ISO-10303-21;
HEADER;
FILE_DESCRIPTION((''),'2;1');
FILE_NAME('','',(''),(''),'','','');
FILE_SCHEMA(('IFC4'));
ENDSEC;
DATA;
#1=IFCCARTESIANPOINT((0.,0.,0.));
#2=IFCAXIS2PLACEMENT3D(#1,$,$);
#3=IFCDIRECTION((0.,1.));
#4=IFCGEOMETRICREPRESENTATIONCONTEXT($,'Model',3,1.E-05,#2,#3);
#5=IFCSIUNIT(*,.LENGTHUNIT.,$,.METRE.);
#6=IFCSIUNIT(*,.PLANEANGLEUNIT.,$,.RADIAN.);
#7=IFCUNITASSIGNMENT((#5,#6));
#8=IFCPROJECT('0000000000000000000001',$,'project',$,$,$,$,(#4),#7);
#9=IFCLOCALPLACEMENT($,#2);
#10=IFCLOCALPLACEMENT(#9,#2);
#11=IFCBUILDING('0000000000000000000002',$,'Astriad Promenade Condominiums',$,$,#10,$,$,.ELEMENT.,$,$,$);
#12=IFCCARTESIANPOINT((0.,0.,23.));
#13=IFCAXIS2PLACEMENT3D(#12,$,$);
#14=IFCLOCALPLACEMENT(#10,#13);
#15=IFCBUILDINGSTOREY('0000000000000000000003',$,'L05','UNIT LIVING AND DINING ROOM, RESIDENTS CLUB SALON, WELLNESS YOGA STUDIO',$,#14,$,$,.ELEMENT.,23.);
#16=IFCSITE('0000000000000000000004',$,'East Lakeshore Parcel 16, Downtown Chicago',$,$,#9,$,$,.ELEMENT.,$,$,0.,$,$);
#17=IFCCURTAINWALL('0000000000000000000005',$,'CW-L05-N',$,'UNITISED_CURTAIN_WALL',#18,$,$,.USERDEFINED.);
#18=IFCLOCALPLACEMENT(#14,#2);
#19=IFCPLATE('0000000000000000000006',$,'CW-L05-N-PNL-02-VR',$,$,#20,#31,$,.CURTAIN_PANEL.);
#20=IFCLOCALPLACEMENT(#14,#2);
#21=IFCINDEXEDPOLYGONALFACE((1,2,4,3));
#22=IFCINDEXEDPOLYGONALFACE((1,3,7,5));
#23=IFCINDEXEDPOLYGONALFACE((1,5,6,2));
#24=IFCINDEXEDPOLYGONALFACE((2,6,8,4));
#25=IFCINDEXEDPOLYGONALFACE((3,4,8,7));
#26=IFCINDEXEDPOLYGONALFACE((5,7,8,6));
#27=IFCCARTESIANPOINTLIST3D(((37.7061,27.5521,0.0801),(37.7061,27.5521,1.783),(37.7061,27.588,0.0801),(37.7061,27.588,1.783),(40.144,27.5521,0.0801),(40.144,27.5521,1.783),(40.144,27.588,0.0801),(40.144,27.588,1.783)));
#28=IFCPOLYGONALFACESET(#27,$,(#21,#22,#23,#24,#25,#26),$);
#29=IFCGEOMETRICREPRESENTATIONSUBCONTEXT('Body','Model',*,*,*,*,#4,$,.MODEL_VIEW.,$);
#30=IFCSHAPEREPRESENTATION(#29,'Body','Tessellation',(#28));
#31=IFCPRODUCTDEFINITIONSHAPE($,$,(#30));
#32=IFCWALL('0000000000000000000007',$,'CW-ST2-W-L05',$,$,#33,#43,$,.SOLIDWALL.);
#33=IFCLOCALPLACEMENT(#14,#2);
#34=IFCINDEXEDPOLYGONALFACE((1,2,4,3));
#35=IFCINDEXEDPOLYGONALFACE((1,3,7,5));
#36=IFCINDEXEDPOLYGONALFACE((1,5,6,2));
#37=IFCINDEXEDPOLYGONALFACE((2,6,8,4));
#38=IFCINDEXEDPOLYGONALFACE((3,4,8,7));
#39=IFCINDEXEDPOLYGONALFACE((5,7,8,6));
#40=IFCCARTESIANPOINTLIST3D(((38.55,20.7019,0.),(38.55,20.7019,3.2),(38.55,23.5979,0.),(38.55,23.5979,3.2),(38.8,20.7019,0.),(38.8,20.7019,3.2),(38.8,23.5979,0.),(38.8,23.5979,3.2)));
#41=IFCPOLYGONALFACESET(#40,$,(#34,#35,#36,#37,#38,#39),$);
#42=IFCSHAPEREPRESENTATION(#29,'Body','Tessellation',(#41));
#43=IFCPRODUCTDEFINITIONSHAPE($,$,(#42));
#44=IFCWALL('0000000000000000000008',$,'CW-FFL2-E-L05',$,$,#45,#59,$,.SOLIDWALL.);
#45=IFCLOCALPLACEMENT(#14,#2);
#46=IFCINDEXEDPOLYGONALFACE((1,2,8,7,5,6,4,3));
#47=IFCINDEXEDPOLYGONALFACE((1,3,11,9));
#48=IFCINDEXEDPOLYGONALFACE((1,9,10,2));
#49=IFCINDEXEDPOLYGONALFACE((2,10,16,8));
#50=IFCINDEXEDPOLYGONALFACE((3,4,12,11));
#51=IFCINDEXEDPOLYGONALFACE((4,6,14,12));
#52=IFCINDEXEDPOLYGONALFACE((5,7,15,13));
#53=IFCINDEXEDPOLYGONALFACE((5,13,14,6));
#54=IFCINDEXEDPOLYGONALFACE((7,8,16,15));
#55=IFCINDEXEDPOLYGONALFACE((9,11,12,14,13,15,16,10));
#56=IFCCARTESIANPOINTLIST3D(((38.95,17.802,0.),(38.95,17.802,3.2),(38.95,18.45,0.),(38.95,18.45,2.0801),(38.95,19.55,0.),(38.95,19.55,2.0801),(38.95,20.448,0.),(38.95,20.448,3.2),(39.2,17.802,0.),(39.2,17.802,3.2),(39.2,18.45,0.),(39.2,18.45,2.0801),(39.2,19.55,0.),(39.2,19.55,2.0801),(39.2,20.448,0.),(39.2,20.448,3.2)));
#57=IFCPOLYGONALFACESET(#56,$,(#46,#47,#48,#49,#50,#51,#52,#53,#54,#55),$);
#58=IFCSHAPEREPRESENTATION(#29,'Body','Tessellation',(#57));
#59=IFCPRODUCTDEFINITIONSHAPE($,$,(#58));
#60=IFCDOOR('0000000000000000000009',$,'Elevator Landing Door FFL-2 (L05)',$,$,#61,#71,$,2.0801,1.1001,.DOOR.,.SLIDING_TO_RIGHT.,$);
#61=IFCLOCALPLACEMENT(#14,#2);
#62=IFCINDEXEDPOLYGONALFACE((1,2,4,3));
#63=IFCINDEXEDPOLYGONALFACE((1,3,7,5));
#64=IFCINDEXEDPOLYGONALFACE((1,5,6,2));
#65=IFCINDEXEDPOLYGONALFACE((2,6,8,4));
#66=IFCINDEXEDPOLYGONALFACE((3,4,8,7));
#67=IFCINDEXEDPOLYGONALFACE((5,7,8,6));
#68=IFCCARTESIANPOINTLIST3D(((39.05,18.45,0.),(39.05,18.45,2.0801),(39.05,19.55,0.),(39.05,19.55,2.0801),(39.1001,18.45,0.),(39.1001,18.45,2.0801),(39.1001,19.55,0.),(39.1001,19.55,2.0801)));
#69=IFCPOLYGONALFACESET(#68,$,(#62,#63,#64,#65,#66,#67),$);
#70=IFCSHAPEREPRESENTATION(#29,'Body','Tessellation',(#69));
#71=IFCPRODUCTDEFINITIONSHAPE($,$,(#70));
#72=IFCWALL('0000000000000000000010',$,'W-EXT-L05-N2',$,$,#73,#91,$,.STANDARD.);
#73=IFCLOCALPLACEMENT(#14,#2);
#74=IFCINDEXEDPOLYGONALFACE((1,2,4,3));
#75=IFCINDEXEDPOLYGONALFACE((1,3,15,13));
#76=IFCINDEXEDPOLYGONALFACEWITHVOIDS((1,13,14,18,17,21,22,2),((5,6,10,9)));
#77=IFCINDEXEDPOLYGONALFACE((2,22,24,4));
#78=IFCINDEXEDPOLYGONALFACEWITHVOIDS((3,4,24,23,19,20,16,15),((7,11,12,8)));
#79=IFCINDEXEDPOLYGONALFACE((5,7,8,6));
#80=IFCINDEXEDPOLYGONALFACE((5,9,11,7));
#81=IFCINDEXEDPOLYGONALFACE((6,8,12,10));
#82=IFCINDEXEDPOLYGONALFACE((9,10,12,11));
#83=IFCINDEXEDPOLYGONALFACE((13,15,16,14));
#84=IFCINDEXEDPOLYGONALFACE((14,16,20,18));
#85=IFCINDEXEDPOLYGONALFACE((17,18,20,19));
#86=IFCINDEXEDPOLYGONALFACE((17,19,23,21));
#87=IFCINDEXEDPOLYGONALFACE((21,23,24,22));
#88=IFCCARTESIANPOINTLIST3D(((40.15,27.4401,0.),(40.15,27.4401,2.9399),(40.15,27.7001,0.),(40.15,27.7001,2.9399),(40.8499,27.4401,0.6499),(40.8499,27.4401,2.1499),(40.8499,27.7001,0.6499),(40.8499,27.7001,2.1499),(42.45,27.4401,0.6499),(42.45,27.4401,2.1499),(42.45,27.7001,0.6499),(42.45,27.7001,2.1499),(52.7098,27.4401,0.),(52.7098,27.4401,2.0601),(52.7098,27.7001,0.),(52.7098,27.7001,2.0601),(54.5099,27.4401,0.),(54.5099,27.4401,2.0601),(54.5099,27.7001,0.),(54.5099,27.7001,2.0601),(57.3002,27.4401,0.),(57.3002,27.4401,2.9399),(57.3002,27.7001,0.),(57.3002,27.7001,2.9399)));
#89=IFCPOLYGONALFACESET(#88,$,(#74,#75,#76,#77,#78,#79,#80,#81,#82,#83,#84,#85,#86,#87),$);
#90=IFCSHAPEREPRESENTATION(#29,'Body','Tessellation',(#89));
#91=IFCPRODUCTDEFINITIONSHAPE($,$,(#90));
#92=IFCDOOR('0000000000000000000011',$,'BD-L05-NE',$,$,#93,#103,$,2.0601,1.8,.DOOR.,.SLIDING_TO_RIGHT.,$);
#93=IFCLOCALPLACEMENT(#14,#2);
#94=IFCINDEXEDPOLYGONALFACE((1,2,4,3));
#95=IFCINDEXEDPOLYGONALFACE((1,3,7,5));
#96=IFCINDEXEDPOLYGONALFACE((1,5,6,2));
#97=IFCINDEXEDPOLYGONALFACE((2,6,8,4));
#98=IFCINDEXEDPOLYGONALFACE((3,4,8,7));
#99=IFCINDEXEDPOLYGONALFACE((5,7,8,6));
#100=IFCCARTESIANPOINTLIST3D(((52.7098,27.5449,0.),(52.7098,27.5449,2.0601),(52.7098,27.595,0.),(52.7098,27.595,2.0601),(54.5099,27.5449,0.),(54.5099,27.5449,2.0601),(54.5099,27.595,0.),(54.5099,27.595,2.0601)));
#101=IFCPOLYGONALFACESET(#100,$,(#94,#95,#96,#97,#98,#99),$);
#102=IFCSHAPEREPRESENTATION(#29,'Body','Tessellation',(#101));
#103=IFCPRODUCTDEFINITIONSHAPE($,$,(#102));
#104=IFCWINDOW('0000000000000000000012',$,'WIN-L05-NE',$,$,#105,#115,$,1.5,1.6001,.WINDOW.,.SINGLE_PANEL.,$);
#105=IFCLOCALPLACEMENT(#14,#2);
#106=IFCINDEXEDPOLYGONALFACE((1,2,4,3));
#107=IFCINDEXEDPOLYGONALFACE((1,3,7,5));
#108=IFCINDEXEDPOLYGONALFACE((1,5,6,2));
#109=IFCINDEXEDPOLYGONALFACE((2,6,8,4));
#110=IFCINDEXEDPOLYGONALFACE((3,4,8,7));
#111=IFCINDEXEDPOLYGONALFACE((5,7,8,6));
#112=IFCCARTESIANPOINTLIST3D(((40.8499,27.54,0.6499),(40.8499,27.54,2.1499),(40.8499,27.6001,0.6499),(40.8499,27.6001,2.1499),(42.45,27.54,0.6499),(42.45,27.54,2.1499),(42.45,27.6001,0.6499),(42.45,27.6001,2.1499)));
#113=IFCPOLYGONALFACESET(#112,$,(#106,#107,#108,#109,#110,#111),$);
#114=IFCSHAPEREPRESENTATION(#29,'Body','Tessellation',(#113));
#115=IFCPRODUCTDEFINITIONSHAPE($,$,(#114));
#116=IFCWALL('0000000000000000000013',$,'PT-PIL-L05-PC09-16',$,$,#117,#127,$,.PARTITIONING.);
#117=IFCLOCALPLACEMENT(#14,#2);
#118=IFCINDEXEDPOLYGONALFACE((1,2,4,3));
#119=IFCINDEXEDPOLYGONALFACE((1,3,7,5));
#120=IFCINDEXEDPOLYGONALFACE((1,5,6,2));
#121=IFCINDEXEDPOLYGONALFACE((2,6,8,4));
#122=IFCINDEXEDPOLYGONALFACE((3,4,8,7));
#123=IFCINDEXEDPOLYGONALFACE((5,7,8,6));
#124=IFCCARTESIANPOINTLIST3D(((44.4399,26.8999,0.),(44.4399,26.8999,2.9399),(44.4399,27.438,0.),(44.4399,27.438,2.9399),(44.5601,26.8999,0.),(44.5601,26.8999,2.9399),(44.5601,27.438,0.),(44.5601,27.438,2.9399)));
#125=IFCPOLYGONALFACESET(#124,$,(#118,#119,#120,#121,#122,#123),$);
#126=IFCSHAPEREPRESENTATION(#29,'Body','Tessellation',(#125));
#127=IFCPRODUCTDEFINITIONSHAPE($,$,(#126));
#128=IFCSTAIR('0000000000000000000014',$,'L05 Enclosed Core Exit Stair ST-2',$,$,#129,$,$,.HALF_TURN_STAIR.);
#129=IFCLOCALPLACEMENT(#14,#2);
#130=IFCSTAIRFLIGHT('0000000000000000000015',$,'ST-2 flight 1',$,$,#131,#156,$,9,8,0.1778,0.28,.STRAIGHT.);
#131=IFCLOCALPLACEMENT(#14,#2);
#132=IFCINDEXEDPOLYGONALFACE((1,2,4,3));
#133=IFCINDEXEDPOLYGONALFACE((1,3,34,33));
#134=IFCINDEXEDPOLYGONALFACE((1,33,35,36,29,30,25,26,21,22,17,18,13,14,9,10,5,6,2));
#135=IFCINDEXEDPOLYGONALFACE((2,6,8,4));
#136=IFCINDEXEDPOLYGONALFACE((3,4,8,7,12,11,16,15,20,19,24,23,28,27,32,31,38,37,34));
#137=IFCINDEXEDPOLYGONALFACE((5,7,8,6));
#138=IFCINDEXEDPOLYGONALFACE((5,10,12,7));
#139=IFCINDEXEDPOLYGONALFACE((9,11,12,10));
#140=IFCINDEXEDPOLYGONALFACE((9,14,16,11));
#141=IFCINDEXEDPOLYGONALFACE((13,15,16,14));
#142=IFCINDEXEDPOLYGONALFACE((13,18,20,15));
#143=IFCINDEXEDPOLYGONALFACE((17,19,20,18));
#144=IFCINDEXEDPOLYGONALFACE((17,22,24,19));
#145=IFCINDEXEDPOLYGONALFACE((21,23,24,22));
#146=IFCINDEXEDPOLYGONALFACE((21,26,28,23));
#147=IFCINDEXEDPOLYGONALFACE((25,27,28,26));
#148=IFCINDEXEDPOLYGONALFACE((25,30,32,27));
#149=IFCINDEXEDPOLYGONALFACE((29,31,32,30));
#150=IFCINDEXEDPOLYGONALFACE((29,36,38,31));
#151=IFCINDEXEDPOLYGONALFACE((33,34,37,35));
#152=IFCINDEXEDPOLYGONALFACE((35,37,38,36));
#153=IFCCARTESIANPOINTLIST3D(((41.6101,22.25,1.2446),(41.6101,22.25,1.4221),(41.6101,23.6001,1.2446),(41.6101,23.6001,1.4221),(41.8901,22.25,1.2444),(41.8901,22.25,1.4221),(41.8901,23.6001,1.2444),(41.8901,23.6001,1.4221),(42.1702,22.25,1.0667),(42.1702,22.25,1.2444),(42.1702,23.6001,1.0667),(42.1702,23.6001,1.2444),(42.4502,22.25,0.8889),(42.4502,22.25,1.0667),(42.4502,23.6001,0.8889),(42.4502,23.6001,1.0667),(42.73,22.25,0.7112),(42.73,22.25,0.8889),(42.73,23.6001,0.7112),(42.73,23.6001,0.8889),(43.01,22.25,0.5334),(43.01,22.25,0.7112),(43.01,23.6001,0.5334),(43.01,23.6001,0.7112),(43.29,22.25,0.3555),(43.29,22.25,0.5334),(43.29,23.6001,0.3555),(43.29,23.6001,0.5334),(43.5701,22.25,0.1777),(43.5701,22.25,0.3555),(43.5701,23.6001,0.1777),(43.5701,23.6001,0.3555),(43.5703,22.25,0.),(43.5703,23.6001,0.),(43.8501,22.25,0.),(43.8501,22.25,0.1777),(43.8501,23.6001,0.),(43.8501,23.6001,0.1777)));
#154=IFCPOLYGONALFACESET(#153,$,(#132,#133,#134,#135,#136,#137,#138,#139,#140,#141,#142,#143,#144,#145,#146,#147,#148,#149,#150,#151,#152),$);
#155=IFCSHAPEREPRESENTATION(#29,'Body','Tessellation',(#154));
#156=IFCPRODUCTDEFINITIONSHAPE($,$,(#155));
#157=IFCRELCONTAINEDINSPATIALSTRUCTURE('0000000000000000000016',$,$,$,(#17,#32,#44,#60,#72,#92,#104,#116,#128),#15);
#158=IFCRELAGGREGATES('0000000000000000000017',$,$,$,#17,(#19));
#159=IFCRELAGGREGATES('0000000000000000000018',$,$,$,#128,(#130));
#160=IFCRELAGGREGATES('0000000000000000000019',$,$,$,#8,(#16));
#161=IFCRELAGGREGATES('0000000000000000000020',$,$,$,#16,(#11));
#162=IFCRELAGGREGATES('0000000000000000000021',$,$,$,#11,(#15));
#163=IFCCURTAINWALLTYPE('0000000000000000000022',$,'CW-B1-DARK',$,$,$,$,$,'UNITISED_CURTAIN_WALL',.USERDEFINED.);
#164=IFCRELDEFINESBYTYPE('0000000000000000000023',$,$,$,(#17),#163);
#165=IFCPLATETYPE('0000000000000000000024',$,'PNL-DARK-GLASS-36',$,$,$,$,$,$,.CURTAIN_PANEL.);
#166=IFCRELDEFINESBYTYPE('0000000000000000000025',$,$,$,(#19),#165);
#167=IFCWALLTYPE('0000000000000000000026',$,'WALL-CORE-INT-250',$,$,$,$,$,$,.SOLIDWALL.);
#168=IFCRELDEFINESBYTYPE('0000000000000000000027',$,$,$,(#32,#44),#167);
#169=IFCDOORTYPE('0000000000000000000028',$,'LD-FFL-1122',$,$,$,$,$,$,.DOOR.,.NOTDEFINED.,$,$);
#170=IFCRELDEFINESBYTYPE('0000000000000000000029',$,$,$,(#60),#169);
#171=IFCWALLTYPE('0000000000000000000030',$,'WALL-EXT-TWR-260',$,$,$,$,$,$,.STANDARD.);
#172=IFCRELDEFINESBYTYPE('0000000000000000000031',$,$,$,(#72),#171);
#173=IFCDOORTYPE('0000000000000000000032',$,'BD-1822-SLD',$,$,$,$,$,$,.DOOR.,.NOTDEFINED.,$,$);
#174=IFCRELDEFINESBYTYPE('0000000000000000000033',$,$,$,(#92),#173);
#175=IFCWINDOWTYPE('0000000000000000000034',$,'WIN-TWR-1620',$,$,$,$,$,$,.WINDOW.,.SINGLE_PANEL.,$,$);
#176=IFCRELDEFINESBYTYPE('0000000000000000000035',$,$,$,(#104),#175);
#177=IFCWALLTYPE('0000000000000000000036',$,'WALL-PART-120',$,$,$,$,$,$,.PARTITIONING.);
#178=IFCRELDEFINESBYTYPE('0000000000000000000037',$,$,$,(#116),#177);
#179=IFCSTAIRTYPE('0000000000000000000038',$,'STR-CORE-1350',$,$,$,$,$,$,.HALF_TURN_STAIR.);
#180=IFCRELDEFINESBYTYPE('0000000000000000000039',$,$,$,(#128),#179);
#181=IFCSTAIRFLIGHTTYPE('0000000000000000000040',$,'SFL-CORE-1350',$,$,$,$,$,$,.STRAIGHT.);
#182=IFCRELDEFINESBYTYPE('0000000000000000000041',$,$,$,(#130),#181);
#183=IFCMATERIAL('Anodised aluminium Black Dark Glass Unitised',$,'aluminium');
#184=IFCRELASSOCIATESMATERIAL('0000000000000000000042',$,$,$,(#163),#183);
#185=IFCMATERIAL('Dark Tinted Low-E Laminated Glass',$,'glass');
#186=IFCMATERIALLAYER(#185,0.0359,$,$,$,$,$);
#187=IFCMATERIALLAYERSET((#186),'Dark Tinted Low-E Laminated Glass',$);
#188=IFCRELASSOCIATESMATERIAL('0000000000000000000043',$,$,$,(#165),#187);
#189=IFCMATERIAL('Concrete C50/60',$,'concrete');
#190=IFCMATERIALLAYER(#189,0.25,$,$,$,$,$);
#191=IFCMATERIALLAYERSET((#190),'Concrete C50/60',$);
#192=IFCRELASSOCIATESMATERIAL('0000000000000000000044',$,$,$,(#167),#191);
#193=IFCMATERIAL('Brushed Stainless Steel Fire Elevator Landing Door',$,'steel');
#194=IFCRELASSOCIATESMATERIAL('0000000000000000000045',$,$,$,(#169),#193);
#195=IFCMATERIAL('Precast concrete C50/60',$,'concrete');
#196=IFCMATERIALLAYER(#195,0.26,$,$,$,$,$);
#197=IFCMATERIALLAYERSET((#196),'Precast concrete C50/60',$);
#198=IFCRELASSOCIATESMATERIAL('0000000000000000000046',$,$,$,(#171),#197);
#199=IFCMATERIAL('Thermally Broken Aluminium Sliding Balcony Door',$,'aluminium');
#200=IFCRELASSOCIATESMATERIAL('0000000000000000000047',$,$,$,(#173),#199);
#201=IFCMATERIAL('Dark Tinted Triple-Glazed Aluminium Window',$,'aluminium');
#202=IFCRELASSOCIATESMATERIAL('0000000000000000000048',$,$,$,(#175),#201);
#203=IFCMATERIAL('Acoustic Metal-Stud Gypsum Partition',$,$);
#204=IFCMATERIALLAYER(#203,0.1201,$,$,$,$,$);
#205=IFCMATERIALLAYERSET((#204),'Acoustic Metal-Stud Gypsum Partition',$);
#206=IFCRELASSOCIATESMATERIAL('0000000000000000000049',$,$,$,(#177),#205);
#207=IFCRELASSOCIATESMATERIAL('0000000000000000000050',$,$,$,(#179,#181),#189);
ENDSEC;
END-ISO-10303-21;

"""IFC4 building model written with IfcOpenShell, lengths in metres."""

from ifc_helpers import new_model, si_unit, direction, frame, frame_2d, origin, origin_2d, place, context, subcontext, project, spatial, polyline, rectangle, outline, extrude, source, transform, mapped, material, layer, layer_set, type_object, type_shapes, element, fill, aggregate, save


model = new_model("IFC4")

# Units and contexts
model_context = context("Model", 3, precision=1e-05, world=origin(), true_north=direction((0.0, 1.0)))
body_context = subcontext(model_context, "Body", "Model", "MODEL_VIEW")
ifc_project = project(units=[si_unit("LENGTHUNIT", "METRE"), si_unit("PLANEANGLEUNIT", "RADIAN")], contexts=[model_context])

# Site, building, storey
site_placement = place(None, origin())
site = spatial("IfcSite", under=ifc_project, at=site_placement, Name="East Lakeshore Parcel 16, Downtown Chicago", CompositionType="ELEMENT", RefElevation=0.0)
building_placement = place(site_placement, origin())
building = spatial("IfcBuilding", under=site, at=building_placement, Name="Astriad Promenade Condominiums", CompositionType="ELEMENT")
storey_placement = place(building_placement, frame((0.0, 0.0, 23.0)))
storey = spatial("IfcBuildingStorey", under=building, at=storey_placement, Name="L05", Description="UNIT LIVING AND DINING ROOM, RESIDENTS CLUB SALON, WELLNESS YOGA STUDIO", CompositionType="ELEMENT", Elevation=23.0)

# Curtain wall, plate
ifc_material_1 = material(Name="Anodised aluminium Black Dark Glass Unitised", Category="aluminium")
curtain_wall_type = type_object("IfcCurtainWallType", Name="CW-B1-DARK", ElementType="UNITISED_CURTAIN_WALL", PredefinedType="USERDEFINED", material=ifc_material_1)
curtain_wall_placement = place(storey_placement, origin())
curtain_wall = element("IfcCurtainWall", 1, at=curtain_wall_placement, inside=storey, type_object=curtain_wall_type, Name="CW-L05-N", ObjectType="UNITISED_CURTAIN_WALL", PredefinedType="USERDEFINED")
ifc_material_2 = material(Name="Dark Tinted Low-E Laminated Glass", Category="glass")
ifc_layer_1 = layer(ifc_material_2, 0.0359)
ifc_layer_set_1 = layer_set([ifc_layer_1], Name="Dark Tinted Low-E Laminated Glass")
plate_type = type_object("IfcPlateType", Name="PNL-DARK-GLASS-36", PredefinedType="CURTAIN_PANEL", material=ifc_layer_set_1)
shared_shape_1 = source(origin(), body_context, "Body", "SweptSolid", [
    extrude(rectangle(XDim=2.438, YDim=0.0359, at=origin_2d()), origin(), (0.0, 0.0, 1.0), 1.7029),
])
type_shapes(plate_type, [shared_shape_1])
plate_placement = place(storey_placement, frame((38.925, 27.5701, 0.0801), z_axis=(0.0, 0.0, 1.0), x_axis=(1.0, 0.0, 0.0)))
plate = element("IfcPlate", 2, at=plate_placement, type_object=plate_type, Name="CW-L05-N-PNL-02-VR", PredefinedType="CURTAIN_PANEL", context=body_context, shape_type="MappedRepresentation", body=[
    mapped(shared_shape_1, transform((0.0, 0.0, 0.0), scale=1.0)),
])
aggregate(curtain_wall, [plate])

# Wall
ifc_material_3 = material(Name="Concrete C50/60", Category="concrete")
ifc_layer_2 = layer(ifc_material_3, 0.25)
ifc_layer_set_2 = layer_set([ifc_layer_2], Name="Concrete C50/60")
wall_type_1 = type_object("IfcWallType", Name="WALL-CORE-INT-250", PredefinedType="SOLIDWALL", material=ifc_layer_set_2)
wall_1_placement = place(storey_placement, frame((38.675, 20.7019, 0.0), z_axis=(0.0, 0.0, 1.0), x_axis=(0.0, 1.0, 0.0)))
element("IfcWall", 3, at=wall_1_placement, inside=storey, type_object=wall_type_1, Name="CW-ST2-W-L05", PredefinedType="SOLIDWALL", context=body_context, shape_type="SweptSolid", body=[
    extrude(rectangle(XDim=2.896, YDim=0.25, at=frame_2d((1.448, 0.0))), origin(), (0.0, 0.0, 1.0), 3.2),
])

# Wall, opening, door
wall_2_placement = place(storey_placement, frame((39.075, 17.802, 0.0), z_axis=(0.0, 0.0, 1.0), x_axis=(0.0, 1.0, 0.0)))
wall_2 = element("IfcWall", 4, at=wall_2_placement, inside=storey, type_object=wall_type_1, Name="CW-FFL2-E-L05", PredefinedType="SOLIDWALL", context=body_context, shape_type="SweptSolid", body=[
    extrude(rectangle(XDim=2.646, YDim=0.25, at=frame_2d((1.323, 0.0))), origin(), (0.0, 0.0, 1.0), 3.2),
])
opening_1_placement = place(wall_2_placement, frame((0.6479, 0.0, 0.0)))
opening_1 = element("IfcOpeningElement", 5, at=opening_1_placement, cuts=wall_2, PredefinedType="OPENING", context=body_context, shape_type="SweptSolid", body=[
    extrude(rectangle(XDim=1.1001, YDim=2.0801, at=frame_2d((0.55, 1.04))), frame((0.0, 0.135, 0.0), z_axis=(0.0, -1.0, 0.0), x_axis=(1.0, 0.0, 0.0)), (0.0, 0.0, 1.0), 0.27),
])
ifc_material_4 = material(Name="Brushed Stainless Steel Fire Elevator Landing Door", Category="steel")
door_type_1 = type_object("IfcDoorType", Name="LD-FFL-1122", OperationType="NOTDEFINED", PredefinedType="DOOR", material=ifc_material_4)
shared_shape_2 = source(origin(), body_context, "Body", "SweptSolid", [
    extrude(rectangle(XDim=1.1001, YDim=2.0801, at=frame_2d((0.55, 1.04))), frame((0.0, 0.0249, 0.0), z_axis=(0.0, -1.0, 0.0), x_axis=(1.0, 0.0, 0.0)), (0.0, 0.0, 1.0), 0.05),
])
type_shapes(door_type_1, [shared_shape_2])
door_1_placement = place(opening_1_placement, origin())
door_1 = element("IfcDoor", 6, at=door_1_placement, inside=storey, type_object=door_type_1, Name="Elevator Landing Door FFL-2 (L05)", OperationType="SLIDING_TO_RIGHT", OverallHeight=2.0801, OverallWidth=1.1001, PredefinedType="DOOR", context=body_context, shape_type="MappedRepresentation", body=[
    mapped(shared_shape_2, transform((0.0, 0.0, 0.0), scale=1.0)),
])
fill(opening_1, door_1)

# Wall, openings, door, window
ifc_material_5 = material(Name="Precast concrete C50/60", Category="concrete")
ifc_layer_3 = layer(ifc_material_5, 0.26)
ifc_layer_set_3 = layer_set([ifc_layer_3], Name="Precast concrete C50/60")
wall_type_2 = type_object("IfcWallType", Name="WALL-EXT-TWR-260", PredefinedType="STANDARD", material=ifc_layer_set_3)
wall_3_placement = place(storey_placement, frame((40.1499, 27.5701, 0.0), z_axis=(0.0, 0.0, 1.0), x_axis=(1.0, 0.0, 0.0)))
wall_3 = element("IfcWall", 7, at=wall_3_placement, inside=storey, type_object=wall_type_2, Name="W-EXT-L05-N2", PredefinedType="STANDARD", context=body_context, shape_type="SweptSolid", body=[
    extrude(rectangle(XDim=17.1501, YDim=0.26, at=frame_2d((8.5752, 0.0))), origin(), (0.0, 0.0, 1.0), 2.9399),
])
opening_2_placement = place(wall_3_placement, frame((12.5601, 0.0, 0.0)))
opening_2 = element("IfcOpeningElement", 8, at=opening_2_placement, cuts=wall_3, PredefinedType="OPENING", context=body_context, shape_type="SweptSolid", body=[
    extrude(rectangle(XDim=1.8, YDim=2.0601, at=frame_2d((0.8999, 1.03))), frame((0.0, 0.1399, 0.0), z_axis=(0.0, -1.0, 0.0), x_axis=(1.0, 0.0, 0.0)), (0.0, 0.0, 1.0), 0.28),
])
opening_3_placement = place(wall_3_placement, frame((0.7, 0.0, 0.6499)))
opening_3 = element("IfcOpeningElement", 9, at=opening_3_placement, cuts=wall_3, PredefinedType="OPENING", context=body_context, shape_type="SweptSolid", body=[
    extrude(rectangle(XDim=1.6001, YDim=1.5, at=frame_2d((0.8, 0.75))), frame((0.0, 0.1399, 0.0), z_axis=(0.0, -1.0, 0.0), x_axis=(1.0, 0.0, 0.0)), (0.0, 0.0, 1.0), 0.28),
])
ifc_material_6 = material(Name="Thermally Broken Aluminium Sliding Balcony Door", Category="aluminium")
door_type_2 = type_object("IfcDoorType", Name="BD-1822-SLD", OperationType="NOTDEFINED", PredefinedType="DOOR", material=ifc_material_6)
shared_shape_3 = source(origin(), body_context, "Body", "SweptSolid", [
    extrude(rectangle(XDim=1.8, YDim=2.0601, at=frame_2d((0.8999, 1.03))), frame((0.0, 0.0249, 0.0), z_axis=(0.0, -1.0, 0.0), x_axis=(1.0, 0.0, 0.0)), (0.0, 0.0, 1.0), 0.05),
])
type_shapes(door_type_2, [shared_shape_3])
door_2_placement = place(opening_2_placement, origin())
door_2 = element("IfcDoor", 10, at=door_2_placement, inside=storey, type_object=door_type_2, Name="BD-L05-NE", OperationType="SLIDING_TO_RIGHT", OverallHeight=2.0601, OverallWidth=1.8, PredefinedType="DOOR", context=body_context, shape_type="MappedRepresentation", body=[
    mapped(shared_shape_3, transform((0.0, 0.0, 0.0), scale=1.0)),
])
fill(opening_2, door_2)
ifc_material_7 = material(Name="Dark Tinted Triple-Glazed Aluminium Window", Category="aluminium")
window_type = type_object("IfcWindowType", Name="WIN-TWR-1620", PartitioningType="SINGLE_PANEL", PredefinedType="WINDOW", material=ifc_material_7)
shared_shape_4 = source(origin(), body_context, "Body", "SweptSolid", [
    extrude(rectangle(XDim=1.6001, YDim=1.5, at=frame_2d((0.8, 0.75))), frame((0.0, 0.03, 0.0), z_axis=(0.0, -1.0, 0.0), x_axis=(1.0, 0.0, 0.0)), (0.0, 0.0, 1.0), 0.0601),
])
type_shapes(window_type, [shared_shape_4])
window_placement = place(opening_3_placement, origin())
window = element("IfcWindow", 11, at=window_placement, inside=storey, type_object=window_type, Name="WIN-L05-NE", OverallHeight=1.5, OverallWidth=1.6001, PartitioningType="SINGLE_PANEL", PredefinedType="WINDOW", context=body_context, shape_type="MappedRepresentation", body=[
    mapped(shared_shape_4, transform((0.0, 0.0, 0.0), scale=1.0)),
])
fill(opening_3, window)

# Wall
ifc_material_8 = material(Name="Acoustic Metal-Stud Gypsum Partition")
ifc_layer_4 = layer(ifc_material_8, 0.1201)
ifc_layer_set_4 = layer_set([ifc_layer_4], Name="Acoustic Metal-Stud Gypsum Partition")
wall_type_3 = type_object("IfcWallType", Name="WALL-PART-120", PredefinedType="PARTITIONING", material=ifc_layer_set_4)
wall_4_placement = place(storey_placement, frame((44.5, 26.8999, 0.0), z_axis=(0.0, 0.0, 1.0), x_axis=(0.0, 1.0, 0.0)))
element("IfcWall", 12, at=wall_4_placement, inside=storey, type_object=wall_type_3, Name="PT-PIL-L05-PC09-16", PredefinedType="PARTITIONING", context=body_context, shape_type="SweptSolid", body=[
    extrude(rectangle(XDim=0.5381, YDim=0.1201, at=frame_2d((0.269, 0.0))), origin(), (0.0, 0.0, 1.0), 2.9399),
])

# Stair, stair flight
stair_type = type_object("IfcStairType", Name="STR-CORE-1350", PredefinedType="HALF_TURN_STAIR", material=ifc_material_3)
stair_placement = place(storey_placement, origin())
stair = element("IfcStair", 13, at=stair_placement, inside=storey, type_object=stair_type, Name="L05 Enclosed Core Exit Stair ST-2", PredefinedType="HALF_TURN_STAIR")
stair_flight_type = type_object("IfcStairFlightType", Name="SFL-CORE-1350", PredefinedType="STRAIGHT", material=ifc_material_3)
shared_shape_5 = source(origin(), body_context, "Body", "SweptSolid", [
    extrude(outline(polyline([(0.0, 0.0), (0.0, 0.1777), (0.28, 0.1777), (0.28, 0.3555), (0.5601, 0.3555), (0.5601, 0.5334), (0.8401, 0.5334), (0.8401, 0.7112), (1.1201, 0.7112), (1.1201, 0.8889), (1.3999, 0.8889), (1.3999, 1.0667), (1.6799, 1.0667), (1.6799, 1.2444), (1.96, 1.2444), (1.96, 1.4221), (2.24, 1.4221), (2.24, 1.6001), (2.24, 1.2446), (0.2798, 0.0), (0.0, 0.0)])), frame((0.0, 0.675, 0.0), z_axis=(0.0, -1.0, 0.0), x_axis=(1.0, 0.0, 0.0)), (0.0, 0.0, 1.0), 1.3501),
])
type_shapes(stair_flight_type, [shared_shape_5])
stair_flight_1_placement = place(storey_placement, frame((43.8501, 22.925, 0.0), z_axis=(0.0, 0.0, 1.0), x_axis=(-1.0, 0.0, 0.0)))
stair_flight_1 = element("IfcStairFlight", 14, at=stair_flight_1_placement, type_object=stair_flight_type, Name="ST-2 flight 1", NumberOfRisers=9, NumberOfTreads=8, PredefinedType="STRAIGHT", RiserHeight=0.1778, TreadLength=0.28, context=body_context, shape_type="MappedRepresentation", body=[
    mapped(shared_shape_5, transform((0.0, 0.0, 0.0), scale=1.0)),
])
aggregate(stair, [stair_flight_1])

save(model, "model.ifc")
